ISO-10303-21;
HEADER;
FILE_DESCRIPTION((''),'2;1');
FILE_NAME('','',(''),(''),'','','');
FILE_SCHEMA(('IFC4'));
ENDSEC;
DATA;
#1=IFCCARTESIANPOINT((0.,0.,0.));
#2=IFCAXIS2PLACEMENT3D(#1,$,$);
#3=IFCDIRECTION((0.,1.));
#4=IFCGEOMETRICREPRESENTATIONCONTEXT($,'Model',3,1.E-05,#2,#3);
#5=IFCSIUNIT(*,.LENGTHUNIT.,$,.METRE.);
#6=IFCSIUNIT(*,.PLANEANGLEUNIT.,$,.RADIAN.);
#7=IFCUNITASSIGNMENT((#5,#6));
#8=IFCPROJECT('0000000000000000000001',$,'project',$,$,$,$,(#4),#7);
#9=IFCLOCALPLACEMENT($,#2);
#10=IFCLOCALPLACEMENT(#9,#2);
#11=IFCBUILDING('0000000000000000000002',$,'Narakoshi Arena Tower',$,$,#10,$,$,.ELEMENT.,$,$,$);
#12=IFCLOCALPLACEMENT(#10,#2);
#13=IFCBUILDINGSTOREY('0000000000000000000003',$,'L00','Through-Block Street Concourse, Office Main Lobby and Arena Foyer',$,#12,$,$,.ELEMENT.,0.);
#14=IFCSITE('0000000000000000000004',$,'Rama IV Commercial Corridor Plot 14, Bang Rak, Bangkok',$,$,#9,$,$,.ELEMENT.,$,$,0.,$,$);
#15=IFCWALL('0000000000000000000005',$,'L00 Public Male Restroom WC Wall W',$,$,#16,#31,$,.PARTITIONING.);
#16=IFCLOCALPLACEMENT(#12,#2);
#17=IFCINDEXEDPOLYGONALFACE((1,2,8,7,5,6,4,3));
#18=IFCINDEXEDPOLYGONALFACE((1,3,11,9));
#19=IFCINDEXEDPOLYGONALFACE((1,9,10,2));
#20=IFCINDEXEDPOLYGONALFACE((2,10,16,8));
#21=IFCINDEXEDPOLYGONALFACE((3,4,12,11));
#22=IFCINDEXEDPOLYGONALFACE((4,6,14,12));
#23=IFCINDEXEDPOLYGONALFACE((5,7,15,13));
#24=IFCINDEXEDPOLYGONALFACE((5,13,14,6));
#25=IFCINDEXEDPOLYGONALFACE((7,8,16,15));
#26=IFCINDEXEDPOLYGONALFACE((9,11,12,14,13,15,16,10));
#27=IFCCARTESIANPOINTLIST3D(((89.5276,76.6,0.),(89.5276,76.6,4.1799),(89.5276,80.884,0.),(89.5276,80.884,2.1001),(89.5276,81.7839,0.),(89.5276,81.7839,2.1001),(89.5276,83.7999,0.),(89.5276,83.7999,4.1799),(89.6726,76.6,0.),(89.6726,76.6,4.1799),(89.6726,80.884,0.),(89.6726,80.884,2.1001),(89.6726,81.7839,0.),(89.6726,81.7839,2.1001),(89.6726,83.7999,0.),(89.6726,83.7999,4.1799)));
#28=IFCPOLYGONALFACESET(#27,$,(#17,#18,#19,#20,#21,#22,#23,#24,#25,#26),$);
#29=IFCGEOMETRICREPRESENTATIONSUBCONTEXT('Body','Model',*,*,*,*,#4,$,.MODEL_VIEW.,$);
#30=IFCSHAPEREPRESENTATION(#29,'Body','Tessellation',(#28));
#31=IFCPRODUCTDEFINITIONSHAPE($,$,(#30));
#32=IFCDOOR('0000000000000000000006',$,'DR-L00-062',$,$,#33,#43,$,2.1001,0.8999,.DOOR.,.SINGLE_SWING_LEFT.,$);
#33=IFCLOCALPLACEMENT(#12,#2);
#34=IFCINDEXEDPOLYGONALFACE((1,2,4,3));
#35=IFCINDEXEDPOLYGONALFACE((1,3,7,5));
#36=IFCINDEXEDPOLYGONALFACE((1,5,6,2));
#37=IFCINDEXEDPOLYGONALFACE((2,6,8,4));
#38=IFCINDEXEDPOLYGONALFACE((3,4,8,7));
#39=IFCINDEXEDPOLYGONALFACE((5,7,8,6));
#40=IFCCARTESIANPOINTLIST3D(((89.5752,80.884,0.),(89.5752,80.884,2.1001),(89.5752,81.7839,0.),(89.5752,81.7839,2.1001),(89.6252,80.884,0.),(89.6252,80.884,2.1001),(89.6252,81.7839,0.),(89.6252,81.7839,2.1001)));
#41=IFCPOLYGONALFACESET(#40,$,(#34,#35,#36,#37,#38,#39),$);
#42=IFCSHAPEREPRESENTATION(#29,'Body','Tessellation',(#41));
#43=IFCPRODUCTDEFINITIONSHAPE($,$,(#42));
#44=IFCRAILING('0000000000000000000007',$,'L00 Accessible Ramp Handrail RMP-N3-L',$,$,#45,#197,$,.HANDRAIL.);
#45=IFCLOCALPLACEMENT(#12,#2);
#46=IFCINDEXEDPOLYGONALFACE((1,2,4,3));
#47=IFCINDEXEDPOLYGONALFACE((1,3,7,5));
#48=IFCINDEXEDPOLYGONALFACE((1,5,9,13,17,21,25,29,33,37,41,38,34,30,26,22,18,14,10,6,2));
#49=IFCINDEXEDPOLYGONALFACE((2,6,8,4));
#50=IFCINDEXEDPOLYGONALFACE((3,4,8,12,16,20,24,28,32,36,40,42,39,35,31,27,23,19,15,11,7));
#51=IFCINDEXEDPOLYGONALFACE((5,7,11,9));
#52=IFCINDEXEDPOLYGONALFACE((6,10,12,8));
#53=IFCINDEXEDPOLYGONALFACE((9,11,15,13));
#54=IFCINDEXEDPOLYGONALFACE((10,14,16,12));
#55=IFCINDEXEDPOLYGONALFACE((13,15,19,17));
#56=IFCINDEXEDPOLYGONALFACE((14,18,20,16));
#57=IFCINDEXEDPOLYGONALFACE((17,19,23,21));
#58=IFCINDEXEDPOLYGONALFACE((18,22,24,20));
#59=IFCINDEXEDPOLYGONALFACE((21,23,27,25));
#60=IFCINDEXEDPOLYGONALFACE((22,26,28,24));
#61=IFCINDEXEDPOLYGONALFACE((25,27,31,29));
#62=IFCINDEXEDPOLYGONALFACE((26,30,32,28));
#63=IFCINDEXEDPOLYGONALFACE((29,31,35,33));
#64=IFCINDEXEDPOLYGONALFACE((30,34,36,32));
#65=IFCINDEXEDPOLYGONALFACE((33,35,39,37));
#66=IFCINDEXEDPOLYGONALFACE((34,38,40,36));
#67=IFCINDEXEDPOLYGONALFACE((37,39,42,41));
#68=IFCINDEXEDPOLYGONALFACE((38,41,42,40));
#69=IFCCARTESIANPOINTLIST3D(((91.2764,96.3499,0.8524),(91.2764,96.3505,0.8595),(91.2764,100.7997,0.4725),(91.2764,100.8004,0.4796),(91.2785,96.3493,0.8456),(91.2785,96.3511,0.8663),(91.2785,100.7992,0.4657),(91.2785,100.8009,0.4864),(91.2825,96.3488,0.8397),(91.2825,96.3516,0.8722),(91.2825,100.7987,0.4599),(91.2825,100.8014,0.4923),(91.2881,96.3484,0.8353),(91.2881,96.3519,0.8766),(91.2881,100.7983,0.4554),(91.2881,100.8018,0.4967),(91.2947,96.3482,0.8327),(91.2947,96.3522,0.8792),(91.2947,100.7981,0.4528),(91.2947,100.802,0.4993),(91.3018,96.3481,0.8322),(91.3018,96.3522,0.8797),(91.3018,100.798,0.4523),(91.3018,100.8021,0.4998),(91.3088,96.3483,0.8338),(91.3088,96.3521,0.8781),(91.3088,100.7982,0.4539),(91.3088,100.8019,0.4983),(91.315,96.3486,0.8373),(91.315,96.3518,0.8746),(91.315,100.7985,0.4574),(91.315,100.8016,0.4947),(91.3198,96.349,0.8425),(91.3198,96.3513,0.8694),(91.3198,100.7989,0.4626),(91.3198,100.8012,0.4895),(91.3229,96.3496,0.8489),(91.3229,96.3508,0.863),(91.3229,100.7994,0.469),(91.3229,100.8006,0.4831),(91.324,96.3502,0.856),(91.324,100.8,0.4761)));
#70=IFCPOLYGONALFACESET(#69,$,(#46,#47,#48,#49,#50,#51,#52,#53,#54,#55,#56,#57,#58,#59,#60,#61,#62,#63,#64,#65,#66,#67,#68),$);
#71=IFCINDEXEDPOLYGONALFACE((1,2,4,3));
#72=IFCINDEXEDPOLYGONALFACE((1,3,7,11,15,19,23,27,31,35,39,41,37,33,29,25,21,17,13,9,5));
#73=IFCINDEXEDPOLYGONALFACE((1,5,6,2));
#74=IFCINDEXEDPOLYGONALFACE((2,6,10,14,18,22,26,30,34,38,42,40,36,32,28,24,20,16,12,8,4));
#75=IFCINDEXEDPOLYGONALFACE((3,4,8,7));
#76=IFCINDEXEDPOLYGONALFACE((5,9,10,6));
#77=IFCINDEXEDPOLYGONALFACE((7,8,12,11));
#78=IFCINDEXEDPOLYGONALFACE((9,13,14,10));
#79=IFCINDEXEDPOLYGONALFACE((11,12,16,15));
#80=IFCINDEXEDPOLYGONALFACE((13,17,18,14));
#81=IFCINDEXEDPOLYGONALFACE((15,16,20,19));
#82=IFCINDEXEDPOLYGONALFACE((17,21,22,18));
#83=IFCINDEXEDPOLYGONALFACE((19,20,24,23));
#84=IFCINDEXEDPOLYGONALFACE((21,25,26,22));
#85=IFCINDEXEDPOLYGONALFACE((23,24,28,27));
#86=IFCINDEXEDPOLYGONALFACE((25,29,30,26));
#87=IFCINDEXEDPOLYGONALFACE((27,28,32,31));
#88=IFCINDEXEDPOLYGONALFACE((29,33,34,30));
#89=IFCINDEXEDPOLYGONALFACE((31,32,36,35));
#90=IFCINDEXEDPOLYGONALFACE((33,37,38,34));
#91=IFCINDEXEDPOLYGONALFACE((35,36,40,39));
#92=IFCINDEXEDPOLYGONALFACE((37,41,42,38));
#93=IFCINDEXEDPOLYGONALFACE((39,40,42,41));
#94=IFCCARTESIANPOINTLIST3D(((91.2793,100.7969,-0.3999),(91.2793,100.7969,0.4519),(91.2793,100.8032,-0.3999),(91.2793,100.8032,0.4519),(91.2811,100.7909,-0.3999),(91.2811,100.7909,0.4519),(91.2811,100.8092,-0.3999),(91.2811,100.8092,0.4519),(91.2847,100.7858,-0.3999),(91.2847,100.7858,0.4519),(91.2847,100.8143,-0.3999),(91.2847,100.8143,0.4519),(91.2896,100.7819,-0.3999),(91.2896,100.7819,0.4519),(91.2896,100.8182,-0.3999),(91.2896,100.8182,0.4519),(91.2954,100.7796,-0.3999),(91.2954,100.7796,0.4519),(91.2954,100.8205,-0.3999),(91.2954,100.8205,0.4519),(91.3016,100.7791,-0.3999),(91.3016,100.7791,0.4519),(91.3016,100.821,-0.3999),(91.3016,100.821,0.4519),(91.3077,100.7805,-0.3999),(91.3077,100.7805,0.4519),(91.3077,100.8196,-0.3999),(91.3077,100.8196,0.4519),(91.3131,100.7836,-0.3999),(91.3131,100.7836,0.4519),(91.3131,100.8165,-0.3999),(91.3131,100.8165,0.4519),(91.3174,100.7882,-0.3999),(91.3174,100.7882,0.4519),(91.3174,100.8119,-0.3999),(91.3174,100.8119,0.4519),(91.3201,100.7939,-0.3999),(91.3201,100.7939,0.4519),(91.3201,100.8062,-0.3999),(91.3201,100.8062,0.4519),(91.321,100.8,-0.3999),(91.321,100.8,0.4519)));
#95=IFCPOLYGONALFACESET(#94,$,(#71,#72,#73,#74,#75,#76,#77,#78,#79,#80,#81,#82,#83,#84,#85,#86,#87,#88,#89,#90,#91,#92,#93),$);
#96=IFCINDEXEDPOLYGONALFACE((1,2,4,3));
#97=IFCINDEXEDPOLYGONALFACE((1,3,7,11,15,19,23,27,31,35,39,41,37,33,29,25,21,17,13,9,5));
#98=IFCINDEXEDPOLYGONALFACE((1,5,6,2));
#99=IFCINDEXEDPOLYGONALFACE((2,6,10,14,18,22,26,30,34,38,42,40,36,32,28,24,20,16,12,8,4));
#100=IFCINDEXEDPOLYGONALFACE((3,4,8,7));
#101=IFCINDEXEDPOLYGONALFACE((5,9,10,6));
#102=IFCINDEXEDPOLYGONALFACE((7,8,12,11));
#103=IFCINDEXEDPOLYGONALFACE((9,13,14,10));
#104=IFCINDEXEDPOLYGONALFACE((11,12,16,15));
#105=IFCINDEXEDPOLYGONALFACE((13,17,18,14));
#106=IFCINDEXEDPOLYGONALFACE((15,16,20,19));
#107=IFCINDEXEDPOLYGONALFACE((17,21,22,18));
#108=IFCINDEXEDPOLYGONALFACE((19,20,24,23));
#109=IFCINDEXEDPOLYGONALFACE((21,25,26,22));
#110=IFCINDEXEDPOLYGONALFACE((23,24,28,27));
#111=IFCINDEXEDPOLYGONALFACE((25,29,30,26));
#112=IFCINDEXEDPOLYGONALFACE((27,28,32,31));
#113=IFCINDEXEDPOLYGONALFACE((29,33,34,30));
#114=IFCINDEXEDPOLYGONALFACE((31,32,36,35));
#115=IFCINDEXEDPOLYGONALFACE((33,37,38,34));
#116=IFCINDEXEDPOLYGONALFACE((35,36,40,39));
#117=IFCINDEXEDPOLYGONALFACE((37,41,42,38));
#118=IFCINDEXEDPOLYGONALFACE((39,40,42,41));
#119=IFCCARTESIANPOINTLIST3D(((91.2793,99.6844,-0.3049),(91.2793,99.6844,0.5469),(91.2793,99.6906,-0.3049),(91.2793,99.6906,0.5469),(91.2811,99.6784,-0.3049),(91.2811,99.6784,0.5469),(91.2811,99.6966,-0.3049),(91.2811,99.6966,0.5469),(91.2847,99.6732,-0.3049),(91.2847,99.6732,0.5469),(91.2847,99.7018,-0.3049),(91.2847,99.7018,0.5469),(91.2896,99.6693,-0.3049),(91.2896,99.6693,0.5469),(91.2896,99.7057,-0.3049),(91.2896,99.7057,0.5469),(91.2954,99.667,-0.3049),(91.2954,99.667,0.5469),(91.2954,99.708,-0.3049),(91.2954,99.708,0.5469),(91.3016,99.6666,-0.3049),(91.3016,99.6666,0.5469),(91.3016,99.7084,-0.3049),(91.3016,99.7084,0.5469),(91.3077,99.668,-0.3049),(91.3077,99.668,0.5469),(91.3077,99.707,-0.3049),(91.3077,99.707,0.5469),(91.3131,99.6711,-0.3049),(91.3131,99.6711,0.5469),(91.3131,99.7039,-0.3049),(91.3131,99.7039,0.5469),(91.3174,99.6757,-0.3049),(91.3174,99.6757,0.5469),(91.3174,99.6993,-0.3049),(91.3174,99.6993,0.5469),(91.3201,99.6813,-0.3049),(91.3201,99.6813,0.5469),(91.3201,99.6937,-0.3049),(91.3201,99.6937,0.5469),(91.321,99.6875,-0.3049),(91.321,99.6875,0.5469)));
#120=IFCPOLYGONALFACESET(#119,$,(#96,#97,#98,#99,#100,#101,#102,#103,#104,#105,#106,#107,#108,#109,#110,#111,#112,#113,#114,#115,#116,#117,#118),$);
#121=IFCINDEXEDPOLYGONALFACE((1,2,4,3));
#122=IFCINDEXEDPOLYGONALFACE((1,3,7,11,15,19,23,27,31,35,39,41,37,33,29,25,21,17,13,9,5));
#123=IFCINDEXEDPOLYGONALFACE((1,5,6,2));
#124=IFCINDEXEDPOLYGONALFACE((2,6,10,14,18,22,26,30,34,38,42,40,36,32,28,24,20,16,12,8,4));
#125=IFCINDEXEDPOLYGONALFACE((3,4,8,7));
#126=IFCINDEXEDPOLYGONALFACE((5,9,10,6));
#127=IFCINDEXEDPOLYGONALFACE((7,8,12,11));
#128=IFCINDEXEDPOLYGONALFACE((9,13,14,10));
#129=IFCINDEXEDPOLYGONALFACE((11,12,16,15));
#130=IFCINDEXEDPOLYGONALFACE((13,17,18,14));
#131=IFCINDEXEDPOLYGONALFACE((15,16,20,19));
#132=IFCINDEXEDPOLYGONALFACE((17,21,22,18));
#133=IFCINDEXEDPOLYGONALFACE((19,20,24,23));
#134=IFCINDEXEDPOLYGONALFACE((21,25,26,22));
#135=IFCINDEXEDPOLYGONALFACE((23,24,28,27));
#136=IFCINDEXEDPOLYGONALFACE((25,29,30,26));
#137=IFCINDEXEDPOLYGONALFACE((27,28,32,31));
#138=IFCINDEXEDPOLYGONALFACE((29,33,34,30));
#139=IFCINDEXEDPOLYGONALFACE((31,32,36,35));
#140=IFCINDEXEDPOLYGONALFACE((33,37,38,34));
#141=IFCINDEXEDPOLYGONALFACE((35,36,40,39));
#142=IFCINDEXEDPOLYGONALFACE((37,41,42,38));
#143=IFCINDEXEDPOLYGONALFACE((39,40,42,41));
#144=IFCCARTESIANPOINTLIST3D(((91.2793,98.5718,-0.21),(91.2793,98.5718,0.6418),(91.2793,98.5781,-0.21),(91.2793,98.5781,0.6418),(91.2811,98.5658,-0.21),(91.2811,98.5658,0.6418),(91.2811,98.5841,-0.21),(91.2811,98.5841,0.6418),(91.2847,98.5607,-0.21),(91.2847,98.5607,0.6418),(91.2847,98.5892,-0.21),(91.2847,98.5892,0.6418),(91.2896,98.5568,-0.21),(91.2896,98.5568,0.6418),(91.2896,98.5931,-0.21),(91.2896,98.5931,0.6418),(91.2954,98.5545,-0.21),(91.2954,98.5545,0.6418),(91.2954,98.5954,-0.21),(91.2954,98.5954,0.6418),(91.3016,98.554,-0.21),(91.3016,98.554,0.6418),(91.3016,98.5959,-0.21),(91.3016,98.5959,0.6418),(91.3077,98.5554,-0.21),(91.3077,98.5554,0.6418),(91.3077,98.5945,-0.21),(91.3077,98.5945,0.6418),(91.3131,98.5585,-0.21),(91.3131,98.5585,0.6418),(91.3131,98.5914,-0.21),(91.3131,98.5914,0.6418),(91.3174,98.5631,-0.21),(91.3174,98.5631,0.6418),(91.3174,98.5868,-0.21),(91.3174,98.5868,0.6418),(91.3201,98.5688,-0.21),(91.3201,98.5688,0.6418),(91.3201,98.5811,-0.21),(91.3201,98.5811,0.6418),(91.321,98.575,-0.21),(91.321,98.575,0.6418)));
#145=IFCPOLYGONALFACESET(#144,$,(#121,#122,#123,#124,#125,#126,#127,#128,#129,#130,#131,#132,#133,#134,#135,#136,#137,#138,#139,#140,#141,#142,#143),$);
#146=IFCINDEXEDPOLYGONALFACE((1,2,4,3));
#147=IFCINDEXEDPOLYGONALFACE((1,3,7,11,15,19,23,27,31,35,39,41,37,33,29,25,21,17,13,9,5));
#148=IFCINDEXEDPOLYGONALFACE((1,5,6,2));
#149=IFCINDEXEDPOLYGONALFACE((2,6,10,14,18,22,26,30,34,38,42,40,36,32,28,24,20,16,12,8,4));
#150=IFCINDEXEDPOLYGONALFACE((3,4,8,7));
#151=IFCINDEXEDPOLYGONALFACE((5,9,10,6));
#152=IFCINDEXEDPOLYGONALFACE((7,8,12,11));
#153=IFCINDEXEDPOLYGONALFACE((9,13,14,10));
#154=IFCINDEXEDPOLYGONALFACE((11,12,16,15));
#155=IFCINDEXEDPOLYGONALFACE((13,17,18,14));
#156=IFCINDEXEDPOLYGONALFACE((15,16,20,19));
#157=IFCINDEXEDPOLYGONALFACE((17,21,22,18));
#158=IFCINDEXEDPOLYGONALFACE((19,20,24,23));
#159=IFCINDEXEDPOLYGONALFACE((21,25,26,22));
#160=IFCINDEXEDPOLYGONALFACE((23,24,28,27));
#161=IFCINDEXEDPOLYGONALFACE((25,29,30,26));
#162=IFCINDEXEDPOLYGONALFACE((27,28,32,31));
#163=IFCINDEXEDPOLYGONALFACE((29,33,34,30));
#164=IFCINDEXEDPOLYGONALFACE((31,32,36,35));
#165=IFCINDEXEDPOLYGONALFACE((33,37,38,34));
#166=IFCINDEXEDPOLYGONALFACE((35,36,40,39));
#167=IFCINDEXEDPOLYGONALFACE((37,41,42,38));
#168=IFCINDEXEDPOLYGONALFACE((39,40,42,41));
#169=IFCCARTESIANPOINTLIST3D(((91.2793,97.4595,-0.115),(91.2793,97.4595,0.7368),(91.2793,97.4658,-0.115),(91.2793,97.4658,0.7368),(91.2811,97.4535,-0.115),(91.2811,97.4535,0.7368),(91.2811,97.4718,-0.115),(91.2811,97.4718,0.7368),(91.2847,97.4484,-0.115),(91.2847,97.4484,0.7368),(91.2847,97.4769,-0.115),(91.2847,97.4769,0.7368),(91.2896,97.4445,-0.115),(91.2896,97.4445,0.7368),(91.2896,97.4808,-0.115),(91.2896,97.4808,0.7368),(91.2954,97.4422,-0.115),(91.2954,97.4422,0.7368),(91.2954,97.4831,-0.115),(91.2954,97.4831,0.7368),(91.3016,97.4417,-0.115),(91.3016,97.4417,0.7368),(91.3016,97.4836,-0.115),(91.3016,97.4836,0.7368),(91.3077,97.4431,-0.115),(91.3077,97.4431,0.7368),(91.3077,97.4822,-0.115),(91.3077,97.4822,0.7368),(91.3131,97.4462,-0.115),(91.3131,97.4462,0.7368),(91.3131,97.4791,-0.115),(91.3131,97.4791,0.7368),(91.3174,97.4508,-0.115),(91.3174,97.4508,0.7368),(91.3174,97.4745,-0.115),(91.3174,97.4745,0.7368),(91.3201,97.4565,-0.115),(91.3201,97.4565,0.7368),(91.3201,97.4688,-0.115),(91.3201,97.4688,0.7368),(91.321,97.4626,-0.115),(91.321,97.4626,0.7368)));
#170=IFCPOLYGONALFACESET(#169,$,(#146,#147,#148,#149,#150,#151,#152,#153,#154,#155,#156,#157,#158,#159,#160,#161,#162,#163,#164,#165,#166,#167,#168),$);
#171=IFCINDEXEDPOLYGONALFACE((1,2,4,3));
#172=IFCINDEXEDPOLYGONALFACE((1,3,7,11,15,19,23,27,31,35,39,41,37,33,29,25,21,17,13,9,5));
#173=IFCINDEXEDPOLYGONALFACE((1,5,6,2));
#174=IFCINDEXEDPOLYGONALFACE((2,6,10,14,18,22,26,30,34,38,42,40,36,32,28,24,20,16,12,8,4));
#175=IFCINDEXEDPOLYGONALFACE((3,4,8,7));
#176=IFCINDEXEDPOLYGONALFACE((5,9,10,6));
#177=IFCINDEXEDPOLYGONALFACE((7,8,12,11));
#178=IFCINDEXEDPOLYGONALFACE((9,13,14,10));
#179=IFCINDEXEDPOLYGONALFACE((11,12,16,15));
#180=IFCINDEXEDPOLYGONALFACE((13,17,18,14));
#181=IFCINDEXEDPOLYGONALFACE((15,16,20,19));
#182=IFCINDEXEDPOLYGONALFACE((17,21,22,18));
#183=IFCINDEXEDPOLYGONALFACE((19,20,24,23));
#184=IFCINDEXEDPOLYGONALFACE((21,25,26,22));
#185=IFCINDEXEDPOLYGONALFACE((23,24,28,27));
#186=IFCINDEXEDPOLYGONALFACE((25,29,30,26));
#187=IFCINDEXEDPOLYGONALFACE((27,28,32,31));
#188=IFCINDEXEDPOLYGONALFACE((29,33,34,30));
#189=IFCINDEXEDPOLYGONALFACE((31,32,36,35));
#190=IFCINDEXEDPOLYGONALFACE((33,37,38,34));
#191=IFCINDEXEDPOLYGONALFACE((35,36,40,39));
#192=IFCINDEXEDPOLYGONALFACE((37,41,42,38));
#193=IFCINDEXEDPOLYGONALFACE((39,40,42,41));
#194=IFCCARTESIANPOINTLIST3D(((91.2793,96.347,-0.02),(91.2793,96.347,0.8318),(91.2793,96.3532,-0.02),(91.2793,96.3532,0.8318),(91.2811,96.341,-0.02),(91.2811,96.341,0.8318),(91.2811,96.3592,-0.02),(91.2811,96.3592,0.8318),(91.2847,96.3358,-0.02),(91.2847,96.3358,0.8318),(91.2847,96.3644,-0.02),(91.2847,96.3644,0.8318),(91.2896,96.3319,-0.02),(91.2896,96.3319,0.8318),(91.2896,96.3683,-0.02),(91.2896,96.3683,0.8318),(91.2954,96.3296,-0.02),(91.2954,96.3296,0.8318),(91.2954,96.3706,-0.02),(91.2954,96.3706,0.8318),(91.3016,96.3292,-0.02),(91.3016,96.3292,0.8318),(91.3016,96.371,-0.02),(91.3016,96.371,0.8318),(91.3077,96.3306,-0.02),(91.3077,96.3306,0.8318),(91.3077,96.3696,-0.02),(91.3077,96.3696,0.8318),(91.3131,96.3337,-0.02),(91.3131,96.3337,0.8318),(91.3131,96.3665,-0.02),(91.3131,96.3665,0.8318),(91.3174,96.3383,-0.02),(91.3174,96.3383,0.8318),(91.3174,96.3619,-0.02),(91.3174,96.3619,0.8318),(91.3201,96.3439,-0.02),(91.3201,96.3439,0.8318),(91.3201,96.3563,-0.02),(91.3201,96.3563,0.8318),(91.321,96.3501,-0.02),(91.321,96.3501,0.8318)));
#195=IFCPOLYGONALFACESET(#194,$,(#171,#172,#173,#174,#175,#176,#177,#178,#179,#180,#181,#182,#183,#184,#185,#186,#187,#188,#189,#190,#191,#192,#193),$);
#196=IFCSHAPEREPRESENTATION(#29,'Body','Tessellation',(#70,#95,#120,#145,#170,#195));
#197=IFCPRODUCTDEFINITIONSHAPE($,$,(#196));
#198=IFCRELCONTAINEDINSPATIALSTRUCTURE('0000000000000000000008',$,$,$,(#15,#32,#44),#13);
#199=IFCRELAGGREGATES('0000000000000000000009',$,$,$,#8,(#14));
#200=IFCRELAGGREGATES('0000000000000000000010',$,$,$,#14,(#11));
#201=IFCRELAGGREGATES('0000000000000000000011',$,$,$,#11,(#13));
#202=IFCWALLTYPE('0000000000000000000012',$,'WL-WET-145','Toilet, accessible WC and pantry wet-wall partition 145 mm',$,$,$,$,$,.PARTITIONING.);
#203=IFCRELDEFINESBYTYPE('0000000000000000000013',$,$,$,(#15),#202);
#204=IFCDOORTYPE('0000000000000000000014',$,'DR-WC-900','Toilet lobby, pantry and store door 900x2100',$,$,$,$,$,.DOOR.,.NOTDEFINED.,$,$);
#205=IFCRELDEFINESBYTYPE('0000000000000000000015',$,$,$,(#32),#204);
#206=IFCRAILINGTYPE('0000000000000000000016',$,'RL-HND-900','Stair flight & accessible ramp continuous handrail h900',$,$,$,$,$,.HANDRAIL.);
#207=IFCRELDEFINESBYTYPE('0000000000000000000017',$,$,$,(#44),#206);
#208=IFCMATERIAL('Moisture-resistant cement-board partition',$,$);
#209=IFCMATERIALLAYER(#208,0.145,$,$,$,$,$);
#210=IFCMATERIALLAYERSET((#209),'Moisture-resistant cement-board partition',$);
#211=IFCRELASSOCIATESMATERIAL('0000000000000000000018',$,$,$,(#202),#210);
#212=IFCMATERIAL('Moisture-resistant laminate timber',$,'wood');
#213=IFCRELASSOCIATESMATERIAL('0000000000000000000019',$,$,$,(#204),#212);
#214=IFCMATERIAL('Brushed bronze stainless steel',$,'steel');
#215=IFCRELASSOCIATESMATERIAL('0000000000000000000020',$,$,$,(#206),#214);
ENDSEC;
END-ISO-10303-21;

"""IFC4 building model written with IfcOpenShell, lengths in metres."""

from ifc_helpers import new_model, si_unit, direction, frame, frame_2d, origin, origin_2d, place, context, subcontext, project, spatial, rectangle, circle, extrude, material, layer, layer_set, type_object, element, fill, save


model = new_model("IFC4")

# Units and contexts
model_context = context("Model", 3, precision=1e-05, world=origin(), true_north=direction((0.0, 1.0)))
body_context = subcontext(model_context, "Body", "Model", "MODEL_VIEW")
ifc_project = project(units=[si_unit("LENGTHUNIT", "METRE"), si_unit("PLANEANGLEUNIT", "RADIAN")], contexts=[model_context])

# Site, building, storey
site_placement = place(None, origin())
site = spatial("IfcSite", under=ifc_project, at=site_placement, Name="Rama IV Commercial Corridor Plot 14, Bang Rak, Bangkok", CompositionType="ELEMENT", RefElevation=0.0)
building_placement = place(site_placement, origin())
building = spatial("IfcBuilding", under=site, at=building_placement, Name="Narakoshi Arena Tower", CompositionType="ELEMENT")
storey_placement = place(building_placement, origin())
storey = spatial("IfcBuildingStorey", under=building, at=storey_placement, Name="L00", Description="Through-Block Street Concourse, Office Main Lobby and Arena Foyer", CompositionType="ELEMENT", Elevation=0.0)

# Shared definitions
ifc_material_1 = material(Name="Moisture-resistant cement-board partition")
ifc_layer = layer(ifc_material_1, 0.145)
ifc_layer_set = layer_set([ifc_layer], Name="Moisture-resistant cement-board partition")
wall_type = type_object("IfcWallType", Name="WL-WET-145", Description="Toilet, accessible WC and pantry wet-wall partition 145 mm", PredefinedType="PARTITIONING", material=ifc_layer_set)

# Wall, opening, door
wall_1_placement = place(storey_placement, frame((89.6001, 83.8, 0.0), z_axis=(0.0, 0.0, 1.0), x_axis=(0.0, -1.0, 0.0)))
wall_1 = element("IfcWall", 1, at=wall_1_placement, inside=storey, type_object=wall_type, Name="L00 Public Male Restroom WC Wall W", PredefinedType="PARTITIONING", context=body_context, shape_type="SweptSolid", body=[
    extrude(rectangle(XDim=7.2, YDim=0.145, at=frame_2d((3.6001, 0.0))), origin(), (0.0, 0.0, 1.0), 4.1799),
])
opening_placement = place(wall_1_placement, frame((2.0161, 0.0, 0.0)))
opening = element("IfcOpeningElement", 2, at=opening_placement, cuts=wall_1, PredefinedType="OPENING", context=body_context, shape_type="SweptSolid", body=[
    extrude(rectangle(XDim=0.8999, YDim=2.1001, at=frame_2d((0.45, 1.05))), frame((0.0, 0.0825, 0.0), z_axis=(0.0, -1.0, 0.0), x_axis=(1.0, 0.0, 0.0)), (0.0, 0.0, 1.0), 0.165),
])
ifc_material_2 = material(Name="Moisture-resistant laminate timber", Category="wood")
door_type = type_object("IfcDoorType", Name="DR-WC-900", Description="Toilet lobby, pantry and store door 900x2100", OperationType="NOTDEFINED", PredefinedType="DOOR", material=ifc_material_2)
door_placement = place(opening_placement, frame((0.8999, 0.0, 0.0), z_axis=(0.0, 0.0, 1.0), x_axis=(-1.0, 0.0, 0.0)))
door = element("IfcDoor", 3, at=door_placement, inside=storey, type_object=door_type, Name="DR-L00-062", OperationType="SINGLE_SWING_LEFT", OverallHeight=2.1001, OverallWidth=0.8999, PredefinedType="DOOR", context=body_context, shape_type="SweptSolid", body=[
    extrude(rectangle(XDim=0.8999, YDim=2.1001, at=frame_2d((0.45, 1.05))), frame((0.0, 0.0249, 0.0), z_axis=(0.0, -1.0, 0.0), x_axis=(1.0, 0.0, 0.0)), (0.0, 0.0, 1.0), 0.05),
])
fill(opening, door)

# Railing
ifc_material_3 = material(Name="Brushed bronze stainless steel", Category="steel")
railing_type = type_object("IfcRailingType", Name="RL-HND-900", Description="Stair flight & accessible ramp continuous handrail h900", PredefinedType="HANDRAIL", material=ifc_material_3)
for number, where, name in (
    (4, (91.3, 100.8, -0.3999), "L00 Accessible Ramp Handrail RMP-N3-L"),
):
    element("IfcRailing", number, at=place(storey_placement, frame(where)), inside=storey, type_object=railing_type, Name=name, PredefinedType="HANDRAIL", context=body_context, shape_type="SweptSolid", body=[
        extrude(circle(Radius=0.0239, at=origin_2d()), frame((0.0, 0.0, 0.876), z_axis=(0.0, -0.996376, 0.085058), x_axis=(1.0, 0.0, 0.0)), (0.0, 0.0, 1.0), 4.4661),
        extrude(circle(Radius=0.021, at=origin_2d()), origin(), (0.0, 0.0, 1.0), 0.8518),
        extrude(circle(Radius=0.021, at=origin_2d()), frame((0.0, -1.1125, 0.095)), (0.0, 0.0, 1.0), 0.8518),
        extrude(circle(Radius=0.021, at=origin_2d()), frame((0.0, -2.2251, 0.1899)), (0.0, 0.0, 1.0), 0.8518),
        extrude(circle(Radius=0.021, at=origin_2d()), frame((0.0, -3.3374, 0.2849)), (0.0, 0.0, 1.0), 0.8518),
        extrude(circle(Radius=0.021, at=origin_2d()), frame((0.0, -4.45, 0.3799)), (0.0, 0.0, 1.0), 0.8518),
    ])

save(model, "model.ifc")
